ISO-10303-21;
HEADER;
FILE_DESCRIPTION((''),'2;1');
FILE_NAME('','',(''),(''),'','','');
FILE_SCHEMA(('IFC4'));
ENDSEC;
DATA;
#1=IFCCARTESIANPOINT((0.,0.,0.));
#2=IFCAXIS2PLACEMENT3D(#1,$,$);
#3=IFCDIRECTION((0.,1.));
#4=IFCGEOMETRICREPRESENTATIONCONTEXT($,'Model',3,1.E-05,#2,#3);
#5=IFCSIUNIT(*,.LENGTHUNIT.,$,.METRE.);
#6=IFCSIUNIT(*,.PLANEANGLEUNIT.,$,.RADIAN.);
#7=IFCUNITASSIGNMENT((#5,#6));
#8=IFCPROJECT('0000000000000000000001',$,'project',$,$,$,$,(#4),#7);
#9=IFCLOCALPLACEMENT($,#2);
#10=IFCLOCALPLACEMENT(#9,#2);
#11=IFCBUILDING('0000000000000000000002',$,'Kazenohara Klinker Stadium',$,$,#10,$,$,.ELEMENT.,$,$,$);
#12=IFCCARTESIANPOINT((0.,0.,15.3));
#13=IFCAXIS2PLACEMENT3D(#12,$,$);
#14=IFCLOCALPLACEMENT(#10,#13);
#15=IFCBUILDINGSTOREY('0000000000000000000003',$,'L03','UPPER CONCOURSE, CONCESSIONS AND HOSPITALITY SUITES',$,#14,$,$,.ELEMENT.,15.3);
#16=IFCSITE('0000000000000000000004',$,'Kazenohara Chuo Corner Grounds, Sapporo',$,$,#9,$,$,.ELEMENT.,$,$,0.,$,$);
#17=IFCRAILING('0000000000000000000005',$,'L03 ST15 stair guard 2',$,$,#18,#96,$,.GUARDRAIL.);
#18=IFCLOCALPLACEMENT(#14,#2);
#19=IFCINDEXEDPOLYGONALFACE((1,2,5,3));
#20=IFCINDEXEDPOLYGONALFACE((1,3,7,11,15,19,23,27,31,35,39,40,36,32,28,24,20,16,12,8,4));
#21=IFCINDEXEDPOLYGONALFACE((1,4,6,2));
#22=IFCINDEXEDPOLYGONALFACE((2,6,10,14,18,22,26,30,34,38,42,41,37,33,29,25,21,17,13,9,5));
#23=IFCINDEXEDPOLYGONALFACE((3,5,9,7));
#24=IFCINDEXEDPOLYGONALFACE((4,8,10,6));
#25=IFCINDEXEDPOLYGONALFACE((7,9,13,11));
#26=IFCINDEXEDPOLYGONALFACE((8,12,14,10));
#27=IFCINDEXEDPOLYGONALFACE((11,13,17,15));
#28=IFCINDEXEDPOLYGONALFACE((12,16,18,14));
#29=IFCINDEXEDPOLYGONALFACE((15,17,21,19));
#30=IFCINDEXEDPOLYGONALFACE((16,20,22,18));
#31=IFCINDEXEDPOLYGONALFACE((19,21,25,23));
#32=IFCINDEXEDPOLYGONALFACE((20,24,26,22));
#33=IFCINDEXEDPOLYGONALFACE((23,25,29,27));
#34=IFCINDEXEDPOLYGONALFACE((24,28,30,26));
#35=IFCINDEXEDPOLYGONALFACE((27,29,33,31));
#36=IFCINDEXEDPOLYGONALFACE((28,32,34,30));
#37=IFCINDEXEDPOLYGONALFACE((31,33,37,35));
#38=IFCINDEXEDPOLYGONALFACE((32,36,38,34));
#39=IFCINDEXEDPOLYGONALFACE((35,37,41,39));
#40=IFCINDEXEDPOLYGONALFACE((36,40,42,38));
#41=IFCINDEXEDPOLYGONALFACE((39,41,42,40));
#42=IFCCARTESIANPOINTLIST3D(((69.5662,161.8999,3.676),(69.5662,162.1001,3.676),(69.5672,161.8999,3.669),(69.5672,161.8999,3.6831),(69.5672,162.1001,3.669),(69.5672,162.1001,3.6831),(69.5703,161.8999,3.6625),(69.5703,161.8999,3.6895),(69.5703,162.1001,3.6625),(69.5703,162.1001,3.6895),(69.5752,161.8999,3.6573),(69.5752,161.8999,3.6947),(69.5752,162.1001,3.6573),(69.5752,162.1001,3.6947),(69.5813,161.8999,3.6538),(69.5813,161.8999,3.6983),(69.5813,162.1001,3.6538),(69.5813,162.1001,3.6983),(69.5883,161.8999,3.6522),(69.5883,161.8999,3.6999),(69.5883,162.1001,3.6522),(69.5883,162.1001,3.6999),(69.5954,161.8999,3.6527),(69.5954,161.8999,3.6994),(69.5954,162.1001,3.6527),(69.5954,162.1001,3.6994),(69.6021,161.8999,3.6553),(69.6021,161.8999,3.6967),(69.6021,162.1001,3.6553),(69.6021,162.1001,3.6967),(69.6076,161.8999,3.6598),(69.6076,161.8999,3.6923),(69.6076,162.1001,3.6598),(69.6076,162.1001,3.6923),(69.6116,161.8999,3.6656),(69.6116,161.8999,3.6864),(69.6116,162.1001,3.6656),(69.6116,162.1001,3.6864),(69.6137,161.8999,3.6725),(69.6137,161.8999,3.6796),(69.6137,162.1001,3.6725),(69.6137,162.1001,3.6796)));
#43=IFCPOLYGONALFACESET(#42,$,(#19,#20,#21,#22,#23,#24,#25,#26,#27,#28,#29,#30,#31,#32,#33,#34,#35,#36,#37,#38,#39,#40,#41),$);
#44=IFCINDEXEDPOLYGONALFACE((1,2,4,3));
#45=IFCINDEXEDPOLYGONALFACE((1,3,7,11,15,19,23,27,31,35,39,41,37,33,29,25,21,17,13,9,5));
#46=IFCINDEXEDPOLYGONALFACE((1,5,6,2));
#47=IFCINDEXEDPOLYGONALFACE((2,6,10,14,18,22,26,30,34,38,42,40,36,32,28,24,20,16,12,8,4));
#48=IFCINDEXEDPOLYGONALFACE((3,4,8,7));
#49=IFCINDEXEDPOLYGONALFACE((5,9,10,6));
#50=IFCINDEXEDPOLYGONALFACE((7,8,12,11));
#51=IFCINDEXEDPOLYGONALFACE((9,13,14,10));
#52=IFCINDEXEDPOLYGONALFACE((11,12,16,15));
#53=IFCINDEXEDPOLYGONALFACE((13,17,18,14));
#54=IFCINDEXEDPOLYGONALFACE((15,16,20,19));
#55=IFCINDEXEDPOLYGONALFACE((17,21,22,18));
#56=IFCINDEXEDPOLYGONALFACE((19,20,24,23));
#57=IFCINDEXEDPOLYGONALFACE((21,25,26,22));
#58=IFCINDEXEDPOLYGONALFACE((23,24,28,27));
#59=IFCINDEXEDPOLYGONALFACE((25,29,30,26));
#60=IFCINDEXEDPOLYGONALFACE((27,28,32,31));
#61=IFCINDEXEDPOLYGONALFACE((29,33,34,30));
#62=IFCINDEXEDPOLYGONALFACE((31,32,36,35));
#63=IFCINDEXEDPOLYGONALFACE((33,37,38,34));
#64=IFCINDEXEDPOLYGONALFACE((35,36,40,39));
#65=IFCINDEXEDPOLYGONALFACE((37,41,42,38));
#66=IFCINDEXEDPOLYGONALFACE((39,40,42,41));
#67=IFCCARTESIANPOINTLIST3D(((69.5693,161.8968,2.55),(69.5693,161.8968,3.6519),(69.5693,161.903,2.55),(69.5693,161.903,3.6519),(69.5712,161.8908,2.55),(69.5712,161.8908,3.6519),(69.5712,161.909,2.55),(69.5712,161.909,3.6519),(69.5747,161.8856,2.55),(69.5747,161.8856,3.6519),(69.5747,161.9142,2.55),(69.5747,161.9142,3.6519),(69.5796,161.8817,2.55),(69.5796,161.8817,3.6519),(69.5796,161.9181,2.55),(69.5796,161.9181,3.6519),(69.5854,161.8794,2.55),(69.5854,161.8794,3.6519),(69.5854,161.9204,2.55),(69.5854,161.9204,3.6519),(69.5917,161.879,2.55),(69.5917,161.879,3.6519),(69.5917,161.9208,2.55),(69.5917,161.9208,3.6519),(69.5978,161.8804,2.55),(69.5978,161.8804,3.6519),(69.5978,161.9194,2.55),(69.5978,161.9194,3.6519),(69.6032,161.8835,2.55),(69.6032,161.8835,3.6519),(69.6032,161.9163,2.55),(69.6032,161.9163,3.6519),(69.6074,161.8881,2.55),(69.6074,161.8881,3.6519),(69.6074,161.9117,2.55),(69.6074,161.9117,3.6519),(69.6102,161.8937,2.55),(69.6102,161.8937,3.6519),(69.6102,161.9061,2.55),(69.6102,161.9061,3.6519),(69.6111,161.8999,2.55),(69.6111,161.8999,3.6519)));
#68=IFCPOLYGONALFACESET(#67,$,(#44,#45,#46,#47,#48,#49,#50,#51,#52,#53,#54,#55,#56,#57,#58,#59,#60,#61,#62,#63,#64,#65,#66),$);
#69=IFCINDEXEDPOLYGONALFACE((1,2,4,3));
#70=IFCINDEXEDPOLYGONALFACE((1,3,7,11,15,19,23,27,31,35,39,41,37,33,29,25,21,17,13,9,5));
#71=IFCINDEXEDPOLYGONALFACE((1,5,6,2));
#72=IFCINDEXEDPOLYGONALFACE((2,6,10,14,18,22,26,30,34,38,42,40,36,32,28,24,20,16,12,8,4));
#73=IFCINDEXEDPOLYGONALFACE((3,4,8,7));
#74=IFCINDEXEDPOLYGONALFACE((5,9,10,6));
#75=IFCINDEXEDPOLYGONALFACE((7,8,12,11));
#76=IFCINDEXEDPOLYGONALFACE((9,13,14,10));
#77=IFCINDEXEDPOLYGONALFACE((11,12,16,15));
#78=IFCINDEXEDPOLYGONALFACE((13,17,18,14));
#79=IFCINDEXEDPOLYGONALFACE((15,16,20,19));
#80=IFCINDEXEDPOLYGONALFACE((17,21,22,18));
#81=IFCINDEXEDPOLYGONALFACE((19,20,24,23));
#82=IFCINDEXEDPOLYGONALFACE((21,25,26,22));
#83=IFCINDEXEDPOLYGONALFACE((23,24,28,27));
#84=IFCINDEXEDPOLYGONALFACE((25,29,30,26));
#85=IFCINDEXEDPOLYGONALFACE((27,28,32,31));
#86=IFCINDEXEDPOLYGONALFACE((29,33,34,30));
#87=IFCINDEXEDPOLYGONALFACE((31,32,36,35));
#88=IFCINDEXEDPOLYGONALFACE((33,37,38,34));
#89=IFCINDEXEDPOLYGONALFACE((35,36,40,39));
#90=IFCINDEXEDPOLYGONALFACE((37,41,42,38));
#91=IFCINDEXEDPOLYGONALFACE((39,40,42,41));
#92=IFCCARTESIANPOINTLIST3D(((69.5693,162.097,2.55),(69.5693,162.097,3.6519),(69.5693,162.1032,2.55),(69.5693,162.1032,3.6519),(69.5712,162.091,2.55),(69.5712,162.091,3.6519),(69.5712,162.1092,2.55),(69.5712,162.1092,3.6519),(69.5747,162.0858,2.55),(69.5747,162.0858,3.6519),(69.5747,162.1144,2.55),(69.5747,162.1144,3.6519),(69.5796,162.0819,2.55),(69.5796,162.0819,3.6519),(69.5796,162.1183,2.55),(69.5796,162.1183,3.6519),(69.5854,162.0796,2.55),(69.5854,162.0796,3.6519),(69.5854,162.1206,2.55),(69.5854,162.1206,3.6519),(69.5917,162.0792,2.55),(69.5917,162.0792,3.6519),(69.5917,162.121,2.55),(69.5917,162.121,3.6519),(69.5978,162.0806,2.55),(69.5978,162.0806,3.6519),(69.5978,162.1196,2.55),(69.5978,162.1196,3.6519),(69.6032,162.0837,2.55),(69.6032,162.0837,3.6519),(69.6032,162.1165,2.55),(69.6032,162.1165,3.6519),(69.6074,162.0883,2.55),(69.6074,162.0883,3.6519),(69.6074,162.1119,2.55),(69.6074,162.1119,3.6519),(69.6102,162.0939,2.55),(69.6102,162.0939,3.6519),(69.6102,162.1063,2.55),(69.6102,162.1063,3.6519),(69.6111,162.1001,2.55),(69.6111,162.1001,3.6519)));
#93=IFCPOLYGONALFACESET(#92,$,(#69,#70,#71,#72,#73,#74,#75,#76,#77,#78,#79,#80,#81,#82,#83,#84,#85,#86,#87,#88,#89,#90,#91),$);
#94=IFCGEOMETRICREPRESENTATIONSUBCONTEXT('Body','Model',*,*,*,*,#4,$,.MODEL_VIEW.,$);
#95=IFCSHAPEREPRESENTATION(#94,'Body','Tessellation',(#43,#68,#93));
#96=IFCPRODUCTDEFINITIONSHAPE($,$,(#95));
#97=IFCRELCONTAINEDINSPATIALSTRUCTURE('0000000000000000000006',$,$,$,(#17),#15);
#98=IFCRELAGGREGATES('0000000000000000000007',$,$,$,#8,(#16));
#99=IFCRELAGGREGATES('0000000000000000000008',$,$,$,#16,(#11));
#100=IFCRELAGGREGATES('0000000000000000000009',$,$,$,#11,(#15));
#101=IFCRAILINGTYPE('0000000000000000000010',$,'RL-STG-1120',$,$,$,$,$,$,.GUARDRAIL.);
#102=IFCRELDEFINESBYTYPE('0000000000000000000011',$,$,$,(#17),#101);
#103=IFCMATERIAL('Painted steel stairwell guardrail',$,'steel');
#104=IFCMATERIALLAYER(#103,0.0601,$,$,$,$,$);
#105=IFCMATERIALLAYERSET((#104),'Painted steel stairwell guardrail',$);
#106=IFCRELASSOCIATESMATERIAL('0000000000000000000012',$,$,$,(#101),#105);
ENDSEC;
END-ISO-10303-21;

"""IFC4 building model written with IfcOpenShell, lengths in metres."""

from ifc_helpers import new_model, si_unit, direction, frame, origin, origin_2d, place, context, subcontext, project, spatial, circle, extrude, material, layer, layer_set, type_object, element, save


model = new_model("IFC4")

# Units and contexts
model_context = context("Model", 3, precision=1e-05, world=origin(), true_north=direction((0.0, 1.0)))
body_context = subcontext(model_context, "Body", "Model", "MODEL_VIEW")
ifc_project = project(units=[si_unit("LENGTHUNIT", "METRE"), si_unit("PLANEANGLEUNIT", "RADIAN")], contexts=[model_context])

# Site, building, storey
site_placement = place(None, origin())
site = spatial("IfcSite", under=ifc_project, at=site_placement, Name="Kazenohara Chuo Corner Grounds, Sapporo", CompositionType="ELEMENT", RefElevation=0.0)
building_placement = place(site_placement, origin())
building = spatial("IfcBuilding", under=site, at=building_placement, Name="Kazenohara Klinker Stadium", CompositionType="ELEMENT")
storey_placement = place(building_placement, frame((0.0, 0.0, 15.3)))
storey = spatial("IfcBuildingStorey", under=building, at=storey_placement, Name="L03", Description="UPPER CONCOURSE, CONCESSIONS AND HOSPITALITY SUITES", CompositionType="ELEMENT", Elevation=15.3)

# Railing
ifc_material_1 = material(Name="Painted steel stairwell guardrail", Category="steel")
ifc_layer_1 = layer(ifc_material_1, 0.0601)
ifc_layer_set_1 = layer_set([ifc_layer_1], Name="Painted steel stairwell guardrail")
railing_type_1 = type_object("IfcRailingType", Name="RL-STG-1120", PredefinedType="GUARDRAIL", material=ifc_layer_set_1)
railing_placement = place(storey_placement, frame((69.5901, 161.8999, 2.55)))
element("IfcRailing", 1, at=railing_placement, inside=storey, type_object=railing_type_1, Name="L03 ST15 stair guard 2", PredefinedType="GUARDRAIL", context=body_context, shape_type="SweptSolid", body=[
    extrude(circle(Radius=0.0239, at=origin_2d()), frame((0.0, 0.0, 1.126), z_axis=(0.0, 1.0, 0.0), x_axis=(-1.0, 0.0, 0.0)), (0.0, 0.0, 1.0), 0.2002),
    extrude(circle(Radius=0.021, at=origin_2d()), origin(), (0.0, 0.0, 1.0), 1.1018),
    extrude(circle(Radius=0.021, at=origin_2d()), frame((0.0, 0.2002, 0.0)), (0.0, 0.0, 1.0), 1.1018),
])

save(model, "model.ifc")
